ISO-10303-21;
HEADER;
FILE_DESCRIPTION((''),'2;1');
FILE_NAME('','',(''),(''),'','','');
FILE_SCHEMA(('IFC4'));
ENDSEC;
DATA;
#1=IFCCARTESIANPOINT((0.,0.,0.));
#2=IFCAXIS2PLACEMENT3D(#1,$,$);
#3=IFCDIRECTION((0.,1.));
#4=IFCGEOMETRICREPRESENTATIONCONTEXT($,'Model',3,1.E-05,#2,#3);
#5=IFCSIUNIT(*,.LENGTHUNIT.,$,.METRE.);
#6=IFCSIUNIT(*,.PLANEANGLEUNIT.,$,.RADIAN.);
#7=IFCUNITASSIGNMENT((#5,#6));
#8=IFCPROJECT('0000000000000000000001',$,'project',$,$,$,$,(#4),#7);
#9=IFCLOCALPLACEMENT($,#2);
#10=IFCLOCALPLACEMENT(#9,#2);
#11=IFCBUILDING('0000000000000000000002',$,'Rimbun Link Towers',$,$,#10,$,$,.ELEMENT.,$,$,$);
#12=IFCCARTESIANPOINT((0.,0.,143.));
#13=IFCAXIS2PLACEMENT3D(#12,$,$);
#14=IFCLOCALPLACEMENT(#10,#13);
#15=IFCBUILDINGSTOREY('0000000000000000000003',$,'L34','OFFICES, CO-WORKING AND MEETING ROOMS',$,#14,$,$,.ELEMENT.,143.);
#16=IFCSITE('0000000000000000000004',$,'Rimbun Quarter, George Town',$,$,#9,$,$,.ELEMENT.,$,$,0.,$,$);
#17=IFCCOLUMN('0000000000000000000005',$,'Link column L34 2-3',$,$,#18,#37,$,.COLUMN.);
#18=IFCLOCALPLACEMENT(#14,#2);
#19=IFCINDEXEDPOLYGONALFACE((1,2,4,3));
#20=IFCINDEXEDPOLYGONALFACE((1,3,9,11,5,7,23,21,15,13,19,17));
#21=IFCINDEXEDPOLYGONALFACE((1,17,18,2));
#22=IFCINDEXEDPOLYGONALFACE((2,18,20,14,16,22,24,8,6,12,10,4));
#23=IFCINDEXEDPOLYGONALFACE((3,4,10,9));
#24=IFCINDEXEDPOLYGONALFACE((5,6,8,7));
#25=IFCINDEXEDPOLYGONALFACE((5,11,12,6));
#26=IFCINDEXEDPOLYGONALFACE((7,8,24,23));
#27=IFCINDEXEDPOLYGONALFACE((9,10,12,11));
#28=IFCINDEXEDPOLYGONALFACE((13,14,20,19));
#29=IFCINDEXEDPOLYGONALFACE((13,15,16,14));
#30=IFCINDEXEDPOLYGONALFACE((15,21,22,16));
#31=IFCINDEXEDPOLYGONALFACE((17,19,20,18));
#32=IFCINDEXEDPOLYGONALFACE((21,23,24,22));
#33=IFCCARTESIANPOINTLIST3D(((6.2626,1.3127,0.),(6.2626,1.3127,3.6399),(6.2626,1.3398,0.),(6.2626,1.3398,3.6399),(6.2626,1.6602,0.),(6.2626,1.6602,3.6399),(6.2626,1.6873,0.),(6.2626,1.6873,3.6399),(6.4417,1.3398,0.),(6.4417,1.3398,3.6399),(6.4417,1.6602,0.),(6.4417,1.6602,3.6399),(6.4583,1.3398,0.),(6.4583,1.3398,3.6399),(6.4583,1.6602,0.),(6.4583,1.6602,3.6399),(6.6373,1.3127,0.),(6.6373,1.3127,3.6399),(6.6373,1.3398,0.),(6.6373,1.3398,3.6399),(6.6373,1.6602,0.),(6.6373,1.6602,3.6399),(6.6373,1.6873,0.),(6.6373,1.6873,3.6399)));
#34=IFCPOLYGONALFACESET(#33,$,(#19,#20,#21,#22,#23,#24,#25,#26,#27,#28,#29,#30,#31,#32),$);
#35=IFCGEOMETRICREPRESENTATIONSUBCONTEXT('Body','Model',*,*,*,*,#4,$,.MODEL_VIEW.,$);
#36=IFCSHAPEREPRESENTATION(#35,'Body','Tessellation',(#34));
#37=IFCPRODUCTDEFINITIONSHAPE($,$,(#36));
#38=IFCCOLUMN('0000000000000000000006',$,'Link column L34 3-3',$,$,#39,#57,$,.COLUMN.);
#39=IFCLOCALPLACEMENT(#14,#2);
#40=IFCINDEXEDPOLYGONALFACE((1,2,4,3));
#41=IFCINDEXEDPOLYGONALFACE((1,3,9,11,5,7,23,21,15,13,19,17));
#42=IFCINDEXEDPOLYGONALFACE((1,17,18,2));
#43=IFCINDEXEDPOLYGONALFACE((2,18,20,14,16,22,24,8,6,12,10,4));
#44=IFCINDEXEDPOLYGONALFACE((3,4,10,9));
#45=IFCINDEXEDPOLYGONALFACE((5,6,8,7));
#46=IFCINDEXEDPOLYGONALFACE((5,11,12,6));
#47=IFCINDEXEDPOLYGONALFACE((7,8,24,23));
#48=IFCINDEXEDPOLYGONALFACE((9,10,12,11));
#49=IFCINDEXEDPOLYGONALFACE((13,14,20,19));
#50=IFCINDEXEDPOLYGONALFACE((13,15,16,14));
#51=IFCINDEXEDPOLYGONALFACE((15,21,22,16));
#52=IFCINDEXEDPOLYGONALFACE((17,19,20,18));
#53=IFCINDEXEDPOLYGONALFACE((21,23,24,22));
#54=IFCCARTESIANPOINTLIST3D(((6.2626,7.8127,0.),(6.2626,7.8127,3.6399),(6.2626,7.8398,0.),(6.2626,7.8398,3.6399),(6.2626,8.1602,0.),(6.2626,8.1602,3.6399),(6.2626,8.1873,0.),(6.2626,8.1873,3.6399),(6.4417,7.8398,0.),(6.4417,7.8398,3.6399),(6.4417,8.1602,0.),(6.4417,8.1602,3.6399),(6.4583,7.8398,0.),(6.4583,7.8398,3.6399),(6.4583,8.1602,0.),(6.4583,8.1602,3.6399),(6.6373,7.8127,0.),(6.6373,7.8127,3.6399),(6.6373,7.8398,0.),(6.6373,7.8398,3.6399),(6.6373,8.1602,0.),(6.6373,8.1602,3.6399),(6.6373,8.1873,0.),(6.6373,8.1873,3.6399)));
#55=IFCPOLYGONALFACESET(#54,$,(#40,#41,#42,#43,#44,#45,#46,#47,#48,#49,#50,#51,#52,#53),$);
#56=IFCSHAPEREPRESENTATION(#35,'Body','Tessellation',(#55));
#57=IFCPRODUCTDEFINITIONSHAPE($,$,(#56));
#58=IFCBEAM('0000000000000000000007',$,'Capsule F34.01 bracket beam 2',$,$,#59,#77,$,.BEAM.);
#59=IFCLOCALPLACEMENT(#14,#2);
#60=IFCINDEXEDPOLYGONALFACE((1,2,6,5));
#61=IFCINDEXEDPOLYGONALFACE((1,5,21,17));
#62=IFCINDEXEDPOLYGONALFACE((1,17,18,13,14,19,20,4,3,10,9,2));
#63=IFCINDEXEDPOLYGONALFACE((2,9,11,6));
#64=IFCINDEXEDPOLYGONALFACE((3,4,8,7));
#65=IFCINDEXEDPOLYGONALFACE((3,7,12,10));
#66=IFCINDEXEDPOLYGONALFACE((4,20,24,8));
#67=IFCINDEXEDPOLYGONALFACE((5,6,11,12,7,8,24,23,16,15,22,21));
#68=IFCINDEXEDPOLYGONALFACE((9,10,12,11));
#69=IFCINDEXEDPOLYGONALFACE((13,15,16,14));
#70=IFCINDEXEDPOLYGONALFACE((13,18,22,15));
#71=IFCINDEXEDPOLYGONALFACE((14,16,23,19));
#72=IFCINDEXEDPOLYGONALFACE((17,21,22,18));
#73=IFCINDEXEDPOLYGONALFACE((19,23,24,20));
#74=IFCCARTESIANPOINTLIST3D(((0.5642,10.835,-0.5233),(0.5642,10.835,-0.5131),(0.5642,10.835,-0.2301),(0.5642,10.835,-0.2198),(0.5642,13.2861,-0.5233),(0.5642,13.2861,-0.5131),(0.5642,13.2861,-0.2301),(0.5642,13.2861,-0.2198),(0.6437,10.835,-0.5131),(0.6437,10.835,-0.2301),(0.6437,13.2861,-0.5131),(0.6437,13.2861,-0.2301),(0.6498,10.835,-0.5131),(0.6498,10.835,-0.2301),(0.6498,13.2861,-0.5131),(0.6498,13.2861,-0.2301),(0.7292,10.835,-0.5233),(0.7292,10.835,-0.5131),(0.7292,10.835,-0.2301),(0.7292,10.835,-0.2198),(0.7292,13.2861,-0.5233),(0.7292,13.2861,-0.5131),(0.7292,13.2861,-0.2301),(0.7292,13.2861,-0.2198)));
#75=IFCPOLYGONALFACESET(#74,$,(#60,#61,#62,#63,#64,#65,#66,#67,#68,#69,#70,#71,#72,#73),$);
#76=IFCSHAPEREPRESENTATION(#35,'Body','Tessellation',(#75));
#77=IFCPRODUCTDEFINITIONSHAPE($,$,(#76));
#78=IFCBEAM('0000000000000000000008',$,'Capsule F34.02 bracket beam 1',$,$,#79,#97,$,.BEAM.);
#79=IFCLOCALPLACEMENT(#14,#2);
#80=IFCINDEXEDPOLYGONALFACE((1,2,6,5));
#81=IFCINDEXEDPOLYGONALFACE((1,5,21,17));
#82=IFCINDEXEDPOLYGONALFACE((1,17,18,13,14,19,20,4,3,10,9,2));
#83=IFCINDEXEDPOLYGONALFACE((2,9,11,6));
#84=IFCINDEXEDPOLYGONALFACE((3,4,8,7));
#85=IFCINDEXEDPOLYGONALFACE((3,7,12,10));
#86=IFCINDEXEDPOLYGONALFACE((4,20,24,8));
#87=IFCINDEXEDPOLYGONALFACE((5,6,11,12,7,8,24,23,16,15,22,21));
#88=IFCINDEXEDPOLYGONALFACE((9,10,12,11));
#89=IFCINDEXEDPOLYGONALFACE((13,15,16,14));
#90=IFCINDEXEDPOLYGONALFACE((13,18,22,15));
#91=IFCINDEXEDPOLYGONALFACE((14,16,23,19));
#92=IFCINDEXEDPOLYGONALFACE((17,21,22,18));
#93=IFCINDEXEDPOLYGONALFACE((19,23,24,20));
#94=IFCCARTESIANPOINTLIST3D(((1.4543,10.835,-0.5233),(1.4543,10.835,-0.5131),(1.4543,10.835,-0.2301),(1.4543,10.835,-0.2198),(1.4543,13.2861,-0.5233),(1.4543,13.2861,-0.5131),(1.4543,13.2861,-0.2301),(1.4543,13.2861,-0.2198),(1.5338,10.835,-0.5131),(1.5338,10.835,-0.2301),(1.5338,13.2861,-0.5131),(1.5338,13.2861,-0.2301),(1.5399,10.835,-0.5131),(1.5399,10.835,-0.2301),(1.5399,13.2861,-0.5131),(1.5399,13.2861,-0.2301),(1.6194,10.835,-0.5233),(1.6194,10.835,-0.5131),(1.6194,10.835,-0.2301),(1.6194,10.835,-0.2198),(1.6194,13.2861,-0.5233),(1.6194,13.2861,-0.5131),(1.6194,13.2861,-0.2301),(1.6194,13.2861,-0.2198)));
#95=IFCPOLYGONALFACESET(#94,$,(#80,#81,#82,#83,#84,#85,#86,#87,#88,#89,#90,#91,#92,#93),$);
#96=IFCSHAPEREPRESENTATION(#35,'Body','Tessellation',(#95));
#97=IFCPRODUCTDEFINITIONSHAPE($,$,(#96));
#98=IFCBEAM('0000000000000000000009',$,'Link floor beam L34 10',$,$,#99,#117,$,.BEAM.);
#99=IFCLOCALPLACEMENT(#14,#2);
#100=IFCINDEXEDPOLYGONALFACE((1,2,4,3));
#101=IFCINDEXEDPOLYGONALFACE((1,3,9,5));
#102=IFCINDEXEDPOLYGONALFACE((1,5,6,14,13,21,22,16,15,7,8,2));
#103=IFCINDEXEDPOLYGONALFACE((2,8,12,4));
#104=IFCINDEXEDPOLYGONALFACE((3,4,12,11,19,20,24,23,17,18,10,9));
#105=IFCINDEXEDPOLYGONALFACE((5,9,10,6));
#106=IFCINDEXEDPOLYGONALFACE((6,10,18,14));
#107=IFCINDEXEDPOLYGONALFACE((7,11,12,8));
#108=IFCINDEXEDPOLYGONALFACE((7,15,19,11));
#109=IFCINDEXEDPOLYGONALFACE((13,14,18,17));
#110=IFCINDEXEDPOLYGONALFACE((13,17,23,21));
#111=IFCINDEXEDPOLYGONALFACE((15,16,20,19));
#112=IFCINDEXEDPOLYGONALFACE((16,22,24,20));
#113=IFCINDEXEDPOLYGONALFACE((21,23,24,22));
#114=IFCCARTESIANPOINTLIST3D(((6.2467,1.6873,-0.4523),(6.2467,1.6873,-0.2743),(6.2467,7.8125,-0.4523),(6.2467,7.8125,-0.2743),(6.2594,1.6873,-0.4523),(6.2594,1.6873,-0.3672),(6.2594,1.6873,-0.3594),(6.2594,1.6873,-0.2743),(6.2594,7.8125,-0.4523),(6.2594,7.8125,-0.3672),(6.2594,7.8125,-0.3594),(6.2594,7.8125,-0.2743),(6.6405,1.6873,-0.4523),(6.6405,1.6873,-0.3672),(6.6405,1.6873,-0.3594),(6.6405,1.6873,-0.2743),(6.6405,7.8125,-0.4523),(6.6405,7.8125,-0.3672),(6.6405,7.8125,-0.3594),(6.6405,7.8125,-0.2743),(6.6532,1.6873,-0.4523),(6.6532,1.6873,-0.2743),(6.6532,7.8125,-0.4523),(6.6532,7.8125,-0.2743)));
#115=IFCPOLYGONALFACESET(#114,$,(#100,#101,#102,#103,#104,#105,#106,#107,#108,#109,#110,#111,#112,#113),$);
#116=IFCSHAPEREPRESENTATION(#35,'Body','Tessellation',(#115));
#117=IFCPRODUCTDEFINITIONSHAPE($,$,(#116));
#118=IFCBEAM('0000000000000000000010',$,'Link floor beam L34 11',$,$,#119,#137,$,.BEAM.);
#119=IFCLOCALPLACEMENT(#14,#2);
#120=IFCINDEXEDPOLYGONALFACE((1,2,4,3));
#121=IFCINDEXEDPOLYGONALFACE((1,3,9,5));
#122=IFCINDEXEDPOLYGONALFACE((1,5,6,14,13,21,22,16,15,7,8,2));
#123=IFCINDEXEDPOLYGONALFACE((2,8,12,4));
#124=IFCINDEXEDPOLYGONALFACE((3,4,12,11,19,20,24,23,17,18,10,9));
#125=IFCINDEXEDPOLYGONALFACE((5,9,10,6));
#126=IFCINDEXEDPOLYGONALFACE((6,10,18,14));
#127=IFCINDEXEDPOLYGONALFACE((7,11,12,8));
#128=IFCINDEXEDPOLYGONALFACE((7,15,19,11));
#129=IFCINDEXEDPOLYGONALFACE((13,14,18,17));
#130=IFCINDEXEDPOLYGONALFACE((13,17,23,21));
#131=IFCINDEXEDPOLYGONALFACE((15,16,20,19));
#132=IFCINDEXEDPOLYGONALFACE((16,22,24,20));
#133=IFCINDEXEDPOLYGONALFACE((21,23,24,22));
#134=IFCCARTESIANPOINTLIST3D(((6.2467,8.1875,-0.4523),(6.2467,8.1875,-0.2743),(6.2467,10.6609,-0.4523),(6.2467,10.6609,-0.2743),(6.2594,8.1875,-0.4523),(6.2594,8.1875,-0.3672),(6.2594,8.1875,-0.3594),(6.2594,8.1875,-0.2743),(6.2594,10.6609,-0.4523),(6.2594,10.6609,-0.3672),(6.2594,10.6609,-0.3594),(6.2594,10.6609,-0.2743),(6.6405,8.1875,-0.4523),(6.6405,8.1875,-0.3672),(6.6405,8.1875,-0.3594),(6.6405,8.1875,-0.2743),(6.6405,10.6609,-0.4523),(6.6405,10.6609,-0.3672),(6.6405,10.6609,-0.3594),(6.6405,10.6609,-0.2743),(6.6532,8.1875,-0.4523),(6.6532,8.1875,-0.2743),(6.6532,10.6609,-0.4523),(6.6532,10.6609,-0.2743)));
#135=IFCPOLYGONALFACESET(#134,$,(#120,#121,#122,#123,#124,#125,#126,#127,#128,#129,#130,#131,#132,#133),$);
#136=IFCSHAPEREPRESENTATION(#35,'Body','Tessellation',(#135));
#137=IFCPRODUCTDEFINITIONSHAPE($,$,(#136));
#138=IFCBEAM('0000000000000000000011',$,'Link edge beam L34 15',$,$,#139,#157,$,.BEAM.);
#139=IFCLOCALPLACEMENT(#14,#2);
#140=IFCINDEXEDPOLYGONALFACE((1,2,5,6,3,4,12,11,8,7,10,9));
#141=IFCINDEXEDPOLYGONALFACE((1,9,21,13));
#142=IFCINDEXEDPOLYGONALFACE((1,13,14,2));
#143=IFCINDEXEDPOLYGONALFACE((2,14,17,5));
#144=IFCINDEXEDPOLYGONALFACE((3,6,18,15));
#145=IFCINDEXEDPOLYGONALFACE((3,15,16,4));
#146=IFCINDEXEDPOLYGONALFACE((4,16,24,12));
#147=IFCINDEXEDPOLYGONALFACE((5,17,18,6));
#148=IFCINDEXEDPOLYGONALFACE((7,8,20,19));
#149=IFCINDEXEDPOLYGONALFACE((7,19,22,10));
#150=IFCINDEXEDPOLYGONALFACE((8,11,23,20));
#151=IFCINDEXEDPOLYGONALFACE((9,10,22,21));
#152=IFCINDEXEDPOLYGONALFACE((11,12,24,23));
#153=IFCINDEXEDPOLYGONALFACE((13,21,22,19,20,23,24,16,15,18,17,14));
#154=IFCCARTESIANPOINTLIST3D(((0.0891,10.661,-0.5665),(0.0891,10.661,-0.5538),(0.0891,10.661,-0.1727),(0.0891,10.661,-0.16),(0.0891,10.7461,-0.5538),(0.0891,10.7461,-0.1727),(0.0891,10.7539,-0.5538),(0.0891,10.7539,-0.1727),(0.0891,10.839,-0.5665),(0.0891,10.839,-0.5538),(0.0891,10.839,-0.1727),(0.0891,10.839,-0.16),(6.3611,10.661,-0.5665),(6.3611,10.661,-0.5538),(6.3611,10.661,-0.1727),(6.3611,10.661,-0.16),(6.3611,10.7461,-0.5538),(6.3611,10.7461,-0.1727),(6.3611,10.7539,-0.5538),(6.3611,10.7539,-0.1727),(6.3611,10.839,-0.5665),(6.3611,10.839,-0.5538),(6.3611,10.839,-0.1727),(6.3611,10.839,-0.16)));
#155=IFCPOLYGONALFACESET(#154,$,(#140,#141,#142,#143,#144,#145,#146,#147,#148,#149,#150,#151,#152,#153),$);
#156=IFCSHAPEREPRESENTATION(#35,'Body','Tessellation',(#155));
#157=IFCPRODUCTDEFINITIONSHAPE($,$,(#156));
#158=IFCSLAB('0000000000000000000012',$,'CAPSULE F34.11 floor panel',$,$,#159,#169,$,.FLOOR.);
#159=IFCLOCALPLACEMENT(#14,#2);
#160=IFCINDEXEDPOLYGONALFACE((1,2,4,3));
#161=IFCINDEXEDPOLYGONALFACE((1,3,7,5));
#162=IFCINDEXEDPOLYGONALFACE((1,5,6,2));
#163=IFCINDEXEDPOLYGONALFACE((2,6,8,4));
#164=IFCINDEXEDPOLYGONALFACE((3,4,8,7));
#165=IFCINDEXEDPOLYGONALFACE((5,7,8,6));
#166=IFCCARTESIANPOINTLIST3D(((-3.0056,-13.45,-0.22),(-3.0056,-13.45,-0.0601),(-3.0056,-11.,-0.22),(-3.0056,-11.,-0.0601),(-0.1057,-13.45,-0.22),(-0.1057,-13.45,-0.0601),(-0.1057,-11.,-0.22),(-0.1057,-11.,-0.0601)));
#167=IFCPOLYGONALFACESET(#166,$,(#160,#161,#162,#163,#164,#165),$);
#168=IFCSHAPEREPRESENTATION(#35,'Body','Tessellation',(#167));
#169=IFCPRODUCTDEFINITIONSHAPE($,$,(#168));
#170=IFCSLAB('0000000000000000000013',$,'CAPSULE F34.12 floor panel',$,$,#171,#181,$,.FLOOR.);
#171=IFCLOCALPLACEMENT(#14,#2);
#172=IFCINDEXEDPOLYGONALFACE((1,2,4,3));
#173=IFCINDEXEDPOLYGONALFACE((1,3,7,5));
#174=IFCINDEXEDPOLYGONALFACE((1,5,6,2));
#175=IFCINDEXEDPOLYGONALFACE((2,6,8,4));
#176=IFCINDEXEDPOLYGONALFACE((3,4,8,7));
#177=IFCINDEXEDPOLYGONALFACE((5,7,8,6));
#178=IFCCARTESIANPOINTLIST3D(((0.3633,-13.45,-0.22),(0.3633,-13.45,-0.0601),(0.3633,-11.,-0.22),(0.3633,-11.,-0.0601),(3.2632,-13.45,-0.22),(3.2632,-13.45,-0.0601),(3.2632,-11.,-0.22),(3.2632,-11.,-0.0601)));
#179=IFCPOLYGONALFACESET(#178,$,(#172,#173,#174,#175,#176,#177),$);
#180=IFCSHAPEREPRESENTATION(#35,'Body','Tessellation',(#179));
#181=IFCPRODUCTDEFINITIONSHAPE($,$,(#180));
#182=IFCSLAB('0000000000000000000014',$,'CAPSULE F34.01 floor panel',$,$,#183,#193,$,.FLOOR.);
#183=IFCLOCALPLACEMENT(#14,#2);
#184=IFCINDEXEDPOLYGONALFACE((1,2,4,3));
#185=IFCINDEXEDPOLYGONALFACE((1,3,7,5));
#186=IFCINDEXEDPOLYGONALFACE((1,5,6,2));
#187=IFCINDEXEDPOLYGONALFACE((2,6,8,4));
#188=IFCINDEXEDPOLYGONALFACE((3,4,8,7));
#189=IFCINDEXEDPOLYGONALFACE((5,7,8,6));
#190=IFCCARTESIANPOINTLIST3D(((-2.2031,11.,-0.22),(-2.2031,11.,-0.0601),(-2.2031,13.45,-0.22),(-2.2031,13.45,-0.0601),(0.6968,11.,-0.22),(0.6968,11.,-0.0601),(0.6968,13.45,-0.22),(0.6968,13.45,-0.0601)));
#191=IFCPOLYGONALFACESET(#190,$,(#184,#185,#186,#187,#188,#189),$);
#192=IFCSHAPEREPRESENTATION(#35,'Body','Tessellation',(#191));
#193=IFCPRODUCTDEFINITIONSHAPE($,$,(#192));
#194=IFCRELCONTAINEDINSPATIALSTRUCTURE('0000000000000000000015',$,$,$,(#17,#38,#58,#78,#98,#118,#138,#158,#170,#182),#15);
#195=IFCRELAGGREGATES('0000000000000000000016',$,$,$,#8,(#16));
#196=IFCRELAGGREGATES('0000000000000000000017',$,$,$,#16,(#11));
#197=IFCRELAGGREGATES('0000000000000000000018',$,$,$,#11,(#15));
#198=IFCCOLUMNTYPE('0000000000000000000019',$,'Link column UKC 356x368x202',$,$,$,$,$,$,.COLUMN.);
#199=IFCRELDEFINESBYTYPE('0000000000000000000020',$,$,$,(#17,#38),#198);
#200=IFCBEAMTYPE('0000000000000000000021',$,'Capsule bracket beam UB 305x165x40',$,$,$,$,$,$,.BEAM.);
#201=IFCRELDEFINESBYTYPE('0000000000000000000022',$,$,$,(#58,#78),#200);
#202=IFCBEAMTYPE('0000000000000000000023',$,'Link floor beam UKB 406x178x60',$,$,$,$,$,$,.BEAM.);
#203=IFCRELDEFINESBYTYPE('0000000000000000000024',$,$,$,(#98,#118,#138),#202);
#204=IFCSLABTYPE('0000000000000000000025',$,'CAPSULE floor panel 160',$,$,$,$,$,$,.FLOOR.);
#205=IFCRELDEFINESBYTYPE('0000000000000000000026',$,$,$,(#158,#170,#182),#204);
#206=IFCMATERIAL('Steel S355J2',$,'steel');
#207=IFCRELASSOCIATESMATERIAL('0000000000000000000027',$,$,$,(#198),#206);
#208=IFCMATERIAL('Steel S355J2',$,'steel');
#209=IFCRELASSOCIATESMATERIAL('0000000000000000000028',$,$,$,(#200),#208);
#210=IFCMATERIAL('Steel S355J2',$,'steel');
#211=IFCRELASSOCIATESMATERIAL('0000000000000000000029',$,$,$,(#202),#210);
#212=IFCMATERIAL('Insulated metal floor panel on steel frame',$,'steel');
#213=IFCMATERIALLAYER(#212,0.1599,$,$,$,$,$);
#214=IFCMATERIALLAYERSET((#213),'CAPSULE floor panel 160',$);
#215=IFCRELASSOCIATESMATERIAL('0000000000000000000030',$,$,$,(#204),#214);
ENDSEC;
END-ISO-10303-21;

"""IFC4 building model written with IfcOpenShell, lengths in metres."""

from ifc_helpers import new_model, si_unit, direction, frame, origin, origin_2d, place, context, subcontext, project, spatial, polyline, i_section, outline, extrude, material, layer, layer_set, material_profile, profile_set, type_object, element, save


model = new_model("IFC4")

# Units and contexts
model_context = context("Model", 3, precision=1e-05, world=origin(), true_north=direction((0.0, 1.0)))
body_context = subcontext(model_context, "Body", "Model", "MODEL_VIEW")
ifc_project = project(units=[si_unit("LENGTHUNIT", "METRE"), si_unit("PLANEANGLEUNIT", "RADIAN")], contexts=[model_context])

# Site, building, storey
site_placement = place(None, origin())
site = spatial("IfcSite", under=ifc_project, at=site_placement, Name="Rimbun Quarter, George Town", CompositionType="ELEMENT", RefElevation=0.0)
building_placement = place(site_placement, origin())
building = spatial("IfcBuilding", under=site, at=building_placement, Name="Rimbun Link Towers", CompositionType="ELEMENT")
storey_placement = place(building_placement, frame((0.0, 0.0, 143.0)))
storey = spatial("IfcBuildingStorey", under=building, at=storey_placement, Name="L34", Description="OFFICES, CO-WORKING AND MEETING ROOMS", CompositionType="ELEMENT", Elevation=143.0)

# Columns
ifc_material_1 = material(Name="Steel S355J2", Category="steel")
ifc_material_profile_1 = material_profile(ifc_material_1, i_section(OverallWidth=0.3748, OverallDepth=0.3745, WebThickness=0.0166, FlangeThickness=0.0271, at=origin_2d()), Name="UKC 356x368x202")
ifc_profile_set_1 = profile_set([ifc_material_profile_1], Name="Steel S355J2")
column_type = type_object("IfcColumnType", Name="Link column UKC 356x368x202", PredefinedType="COLUMN", material=ifc_profile_set_1)
for number, where, z_axis, x_axis, name in (
    (1, (6.45, 1.5, 0.0), (0.0, 0.0, 1.0), (1.0, 0.0, 0.0), "Link column L34 2-3"),
    (2, (6.45, 8.0, 0.0), (0.0, 0.0, 1.0), (1.0, 0.0, 0.0), "Link column L34 3-3"),
):
    element("IfcColumn", number, at=place(storey_placement, frame(where, z_axis=z_axis, x_axis=x_axis)), inside=storey, type_object=column_type, Name=name, PredefinedType="COLUMN", context=body_context, shape_type="SweptSolid", body=[
        extrude(i_section(OverallWidth=0.3748, OverallDepth=0.3745, WebThickness=0.0166, FlangeThickness=0.0271, at=origin_2d()), origin(), (0.0, 0.0, 1.0), 3.6399),
    ])

# Beams
ifc_material_2 = material(Name="Steel S355J2", Category="steel")
ifc_material_profile_2 = material_profile(ifc_material_2, i_section(OverallWidth=0.165, OverallDepth=0.3035, WebThickness=0.0061, FlangeThickness=0.0103, at=origin_2d()), Name="UB 305x165x40")
ifc_profile_set_2 = profile_set([ifc_material_profile_2], Name="Steel S355J2")
beam_type_1 = type_object("IfcBeamType", Name="Capsule bracket beam UB 305x165x40", PredefinedType="BEAM", material=ifc_profile_set_2)
for number, where, z_axis, x_axis, name in (
    (3, (0.6467, 10.835, -0.3716), (0.0, 1.0, 0.0), (-1.0, 0.0, 0.0), "Capsule F34.01 bracket beam 2"),
    (4, (1.5369, 10.835, -0.3716), (0.0, 1.0, 0.0), (-1.0, 0.0, 0.0), "Capsule F34.02 bracket beam 1"),
):
    element("IfcBeam", number, at=place(storey_placement, frame(where, z_axis=z_axis, x_axis=x_axis)), inside=storey, type_object=beam_type_1, Name=name, PredefinedType="BEAM", context=body_context, shape_type="SweptSolid", body=[
        extrude(i_section(OverallWidth=0.165, OverallDepth=0.3035, WebThickness=0.0061, FlangeThickness=0.0103, at=origin_2d()), origin(), (0.0, 0.0, 1.0), 2.4512),
    ])
ifc_material_3 = material(Name="Steel S355J2", Category="steel")
ifc_material_profile_3 = material_profile(ifc_material_3, i_section(OverallWidth=0.178, OverallDepth=0.4065, WebThickness=0.0078, FlangeThickness=0.0127, at=origin_2d()), Name="UKB 406x178x60")
ifc_profile_set_3 = profile_set([ifc_material_profile_3], Name="Steel S355J2")
beam_type_2 = type_object("IfcBeamType", Name="Link floor beam UKB 406x178x60", PredefinedType="BEAM", material=ifc_profile_set_3)
beam_1_placement = place(storey_placement, frame((6.45, 1.6873, -0.3633), z_axis=(0.0, 1.0, 0.0), x_axis=(0.0, 0.0, 1.0)))
element("IfcBeam", 5, at=beam_1_placement, inside=storey, type_object=beam_type_2, Name="Link floor beam L34 10", PredefinedType="BEAM", context=body_context, shape_type="SweptSolid", body=[
    extrude(i_section(OverallWidth=0.178, OverallDepth=0.4065, WebThickness=0.0078, FlangeThickness=0.0127, at=origin_2d()), origin(), (0.0, 0.0, 1.0), 6.1252),
])
beam_2_placement = place(storey_placement, frame((6.45, 8.1875, -0.3633), z_axis=(0.0, 1.0, 0.0), x_axis=(0.0, 0.0, 1.0)))
element("IfcBeam", 6, at=beam_2_placement, inside=storey, type_object=beam_type_2, Name="Link floor beam L34 11", PredefinedType="BEAM", context=body_context, shape_type="SweptSolid", body=[
    extrude(i_section(OverallWidth=0.178, OverallDepth=0.4065, WebThickness=0.0078, FlangeThickness=0.0127, at=origin_2d()), origin(), (0.0, 0.0, 1.0), 2.4734),
])
beam_3_placement = place(storey_placement, frame((0.0891, 10.75, -0.3633), z_axis=(1.0, 0.0, 0.0), x_axis=(0.0, 1.0, 0.0)))
element("IfcBeam", 7, at=beam_3_placement, inside=storey, type_object=beam_type_2, Name="Link edge beam L34 15", PredefinedType="BEAM", context=body_context, shape_type="SweptSolid", body=[
    extrude(i_section(OverallWidth=0.178, OverallDepth=0.4065, WebThickness=0.0078, FlangeThickness=0.0127, at=origin_2d()), origin(), (0.0, 0.0, 1.0), 6.272),
])

# Slabs
ifc_material_4 = material(Name="Insulated metal floor panel on steel frame", Category="steel")
ifc_layer_1 = layer(ifc_material_4, 0.1599)
ifc_layer_set_1 = layer_set([ifc_layer_1], Name="CAPSULE floor panel 160")
slab_type_1 = type_object("IfcSlabType", Name="CAPSULE floor panel 160", PredefinedType="FLOOR", material=ifc_layer_set_1)
slab_1_placement = place(storey_placement, frame((0.0, 0.0, -0.22)))
element("IfcSlab", 8, at=slab_1_placement, inside=storey, type_object=slab_type_1, Name="CAPSULE F34.11 floor panel", PredefinedType="FLOOR", context=body_context, shape_type="SweptSolid", body=[
    extrude(outline(polyline([(-0.1057, -11.0), (-3.0056, -11.0), (-3.0056, -13.45), (-0.1057, -13.45), (-0.1057, -11.0)])), origin(), (0.0, 0.0, 1.0), 0.1599),
])
slab_2_placement = place(storey_placement, frame((0.0, 0.0, -0.22)))
element("IfcSlab", 9, at=slab_2_placement, inside=storey, type_object=slab_type_1, Name="CAPSULE F34.12 floor panel", PredefinedType="FLOOR", context=body_context, shape_type="SweptSolid", body=[
    extrude(outline(polyline([(3.2632, -11.0), (0.3633, -11.0), (0.3633, -13.45), (3.2632, -13.45), (3.2632, -11.0)])), origin(), (0.0, 0.0, 1.0), 0.1599),
])
slab_3_placement = place(storey_placement, frame((0.0, 0.0, -0.22)))
element("IfcSlab", 10, at=slab_3_placement, inside=storey, type_object=slab_type_1, Name="CAPSULE F34.01 floor panel", PredefinedType="FLOOR", context=body_context, shape_type="SweptSolid", body=[
    extrude(outline(polyline([(-2.2031, 11.0), (0.6968, 11.0), (0.6968, 13.45), (-2.2031, 13.45), (-2.2031, 11.0)])), origin(), (0.0, 0.0, 1.0), 0.1599),
])

save(model, "model.ifc")
